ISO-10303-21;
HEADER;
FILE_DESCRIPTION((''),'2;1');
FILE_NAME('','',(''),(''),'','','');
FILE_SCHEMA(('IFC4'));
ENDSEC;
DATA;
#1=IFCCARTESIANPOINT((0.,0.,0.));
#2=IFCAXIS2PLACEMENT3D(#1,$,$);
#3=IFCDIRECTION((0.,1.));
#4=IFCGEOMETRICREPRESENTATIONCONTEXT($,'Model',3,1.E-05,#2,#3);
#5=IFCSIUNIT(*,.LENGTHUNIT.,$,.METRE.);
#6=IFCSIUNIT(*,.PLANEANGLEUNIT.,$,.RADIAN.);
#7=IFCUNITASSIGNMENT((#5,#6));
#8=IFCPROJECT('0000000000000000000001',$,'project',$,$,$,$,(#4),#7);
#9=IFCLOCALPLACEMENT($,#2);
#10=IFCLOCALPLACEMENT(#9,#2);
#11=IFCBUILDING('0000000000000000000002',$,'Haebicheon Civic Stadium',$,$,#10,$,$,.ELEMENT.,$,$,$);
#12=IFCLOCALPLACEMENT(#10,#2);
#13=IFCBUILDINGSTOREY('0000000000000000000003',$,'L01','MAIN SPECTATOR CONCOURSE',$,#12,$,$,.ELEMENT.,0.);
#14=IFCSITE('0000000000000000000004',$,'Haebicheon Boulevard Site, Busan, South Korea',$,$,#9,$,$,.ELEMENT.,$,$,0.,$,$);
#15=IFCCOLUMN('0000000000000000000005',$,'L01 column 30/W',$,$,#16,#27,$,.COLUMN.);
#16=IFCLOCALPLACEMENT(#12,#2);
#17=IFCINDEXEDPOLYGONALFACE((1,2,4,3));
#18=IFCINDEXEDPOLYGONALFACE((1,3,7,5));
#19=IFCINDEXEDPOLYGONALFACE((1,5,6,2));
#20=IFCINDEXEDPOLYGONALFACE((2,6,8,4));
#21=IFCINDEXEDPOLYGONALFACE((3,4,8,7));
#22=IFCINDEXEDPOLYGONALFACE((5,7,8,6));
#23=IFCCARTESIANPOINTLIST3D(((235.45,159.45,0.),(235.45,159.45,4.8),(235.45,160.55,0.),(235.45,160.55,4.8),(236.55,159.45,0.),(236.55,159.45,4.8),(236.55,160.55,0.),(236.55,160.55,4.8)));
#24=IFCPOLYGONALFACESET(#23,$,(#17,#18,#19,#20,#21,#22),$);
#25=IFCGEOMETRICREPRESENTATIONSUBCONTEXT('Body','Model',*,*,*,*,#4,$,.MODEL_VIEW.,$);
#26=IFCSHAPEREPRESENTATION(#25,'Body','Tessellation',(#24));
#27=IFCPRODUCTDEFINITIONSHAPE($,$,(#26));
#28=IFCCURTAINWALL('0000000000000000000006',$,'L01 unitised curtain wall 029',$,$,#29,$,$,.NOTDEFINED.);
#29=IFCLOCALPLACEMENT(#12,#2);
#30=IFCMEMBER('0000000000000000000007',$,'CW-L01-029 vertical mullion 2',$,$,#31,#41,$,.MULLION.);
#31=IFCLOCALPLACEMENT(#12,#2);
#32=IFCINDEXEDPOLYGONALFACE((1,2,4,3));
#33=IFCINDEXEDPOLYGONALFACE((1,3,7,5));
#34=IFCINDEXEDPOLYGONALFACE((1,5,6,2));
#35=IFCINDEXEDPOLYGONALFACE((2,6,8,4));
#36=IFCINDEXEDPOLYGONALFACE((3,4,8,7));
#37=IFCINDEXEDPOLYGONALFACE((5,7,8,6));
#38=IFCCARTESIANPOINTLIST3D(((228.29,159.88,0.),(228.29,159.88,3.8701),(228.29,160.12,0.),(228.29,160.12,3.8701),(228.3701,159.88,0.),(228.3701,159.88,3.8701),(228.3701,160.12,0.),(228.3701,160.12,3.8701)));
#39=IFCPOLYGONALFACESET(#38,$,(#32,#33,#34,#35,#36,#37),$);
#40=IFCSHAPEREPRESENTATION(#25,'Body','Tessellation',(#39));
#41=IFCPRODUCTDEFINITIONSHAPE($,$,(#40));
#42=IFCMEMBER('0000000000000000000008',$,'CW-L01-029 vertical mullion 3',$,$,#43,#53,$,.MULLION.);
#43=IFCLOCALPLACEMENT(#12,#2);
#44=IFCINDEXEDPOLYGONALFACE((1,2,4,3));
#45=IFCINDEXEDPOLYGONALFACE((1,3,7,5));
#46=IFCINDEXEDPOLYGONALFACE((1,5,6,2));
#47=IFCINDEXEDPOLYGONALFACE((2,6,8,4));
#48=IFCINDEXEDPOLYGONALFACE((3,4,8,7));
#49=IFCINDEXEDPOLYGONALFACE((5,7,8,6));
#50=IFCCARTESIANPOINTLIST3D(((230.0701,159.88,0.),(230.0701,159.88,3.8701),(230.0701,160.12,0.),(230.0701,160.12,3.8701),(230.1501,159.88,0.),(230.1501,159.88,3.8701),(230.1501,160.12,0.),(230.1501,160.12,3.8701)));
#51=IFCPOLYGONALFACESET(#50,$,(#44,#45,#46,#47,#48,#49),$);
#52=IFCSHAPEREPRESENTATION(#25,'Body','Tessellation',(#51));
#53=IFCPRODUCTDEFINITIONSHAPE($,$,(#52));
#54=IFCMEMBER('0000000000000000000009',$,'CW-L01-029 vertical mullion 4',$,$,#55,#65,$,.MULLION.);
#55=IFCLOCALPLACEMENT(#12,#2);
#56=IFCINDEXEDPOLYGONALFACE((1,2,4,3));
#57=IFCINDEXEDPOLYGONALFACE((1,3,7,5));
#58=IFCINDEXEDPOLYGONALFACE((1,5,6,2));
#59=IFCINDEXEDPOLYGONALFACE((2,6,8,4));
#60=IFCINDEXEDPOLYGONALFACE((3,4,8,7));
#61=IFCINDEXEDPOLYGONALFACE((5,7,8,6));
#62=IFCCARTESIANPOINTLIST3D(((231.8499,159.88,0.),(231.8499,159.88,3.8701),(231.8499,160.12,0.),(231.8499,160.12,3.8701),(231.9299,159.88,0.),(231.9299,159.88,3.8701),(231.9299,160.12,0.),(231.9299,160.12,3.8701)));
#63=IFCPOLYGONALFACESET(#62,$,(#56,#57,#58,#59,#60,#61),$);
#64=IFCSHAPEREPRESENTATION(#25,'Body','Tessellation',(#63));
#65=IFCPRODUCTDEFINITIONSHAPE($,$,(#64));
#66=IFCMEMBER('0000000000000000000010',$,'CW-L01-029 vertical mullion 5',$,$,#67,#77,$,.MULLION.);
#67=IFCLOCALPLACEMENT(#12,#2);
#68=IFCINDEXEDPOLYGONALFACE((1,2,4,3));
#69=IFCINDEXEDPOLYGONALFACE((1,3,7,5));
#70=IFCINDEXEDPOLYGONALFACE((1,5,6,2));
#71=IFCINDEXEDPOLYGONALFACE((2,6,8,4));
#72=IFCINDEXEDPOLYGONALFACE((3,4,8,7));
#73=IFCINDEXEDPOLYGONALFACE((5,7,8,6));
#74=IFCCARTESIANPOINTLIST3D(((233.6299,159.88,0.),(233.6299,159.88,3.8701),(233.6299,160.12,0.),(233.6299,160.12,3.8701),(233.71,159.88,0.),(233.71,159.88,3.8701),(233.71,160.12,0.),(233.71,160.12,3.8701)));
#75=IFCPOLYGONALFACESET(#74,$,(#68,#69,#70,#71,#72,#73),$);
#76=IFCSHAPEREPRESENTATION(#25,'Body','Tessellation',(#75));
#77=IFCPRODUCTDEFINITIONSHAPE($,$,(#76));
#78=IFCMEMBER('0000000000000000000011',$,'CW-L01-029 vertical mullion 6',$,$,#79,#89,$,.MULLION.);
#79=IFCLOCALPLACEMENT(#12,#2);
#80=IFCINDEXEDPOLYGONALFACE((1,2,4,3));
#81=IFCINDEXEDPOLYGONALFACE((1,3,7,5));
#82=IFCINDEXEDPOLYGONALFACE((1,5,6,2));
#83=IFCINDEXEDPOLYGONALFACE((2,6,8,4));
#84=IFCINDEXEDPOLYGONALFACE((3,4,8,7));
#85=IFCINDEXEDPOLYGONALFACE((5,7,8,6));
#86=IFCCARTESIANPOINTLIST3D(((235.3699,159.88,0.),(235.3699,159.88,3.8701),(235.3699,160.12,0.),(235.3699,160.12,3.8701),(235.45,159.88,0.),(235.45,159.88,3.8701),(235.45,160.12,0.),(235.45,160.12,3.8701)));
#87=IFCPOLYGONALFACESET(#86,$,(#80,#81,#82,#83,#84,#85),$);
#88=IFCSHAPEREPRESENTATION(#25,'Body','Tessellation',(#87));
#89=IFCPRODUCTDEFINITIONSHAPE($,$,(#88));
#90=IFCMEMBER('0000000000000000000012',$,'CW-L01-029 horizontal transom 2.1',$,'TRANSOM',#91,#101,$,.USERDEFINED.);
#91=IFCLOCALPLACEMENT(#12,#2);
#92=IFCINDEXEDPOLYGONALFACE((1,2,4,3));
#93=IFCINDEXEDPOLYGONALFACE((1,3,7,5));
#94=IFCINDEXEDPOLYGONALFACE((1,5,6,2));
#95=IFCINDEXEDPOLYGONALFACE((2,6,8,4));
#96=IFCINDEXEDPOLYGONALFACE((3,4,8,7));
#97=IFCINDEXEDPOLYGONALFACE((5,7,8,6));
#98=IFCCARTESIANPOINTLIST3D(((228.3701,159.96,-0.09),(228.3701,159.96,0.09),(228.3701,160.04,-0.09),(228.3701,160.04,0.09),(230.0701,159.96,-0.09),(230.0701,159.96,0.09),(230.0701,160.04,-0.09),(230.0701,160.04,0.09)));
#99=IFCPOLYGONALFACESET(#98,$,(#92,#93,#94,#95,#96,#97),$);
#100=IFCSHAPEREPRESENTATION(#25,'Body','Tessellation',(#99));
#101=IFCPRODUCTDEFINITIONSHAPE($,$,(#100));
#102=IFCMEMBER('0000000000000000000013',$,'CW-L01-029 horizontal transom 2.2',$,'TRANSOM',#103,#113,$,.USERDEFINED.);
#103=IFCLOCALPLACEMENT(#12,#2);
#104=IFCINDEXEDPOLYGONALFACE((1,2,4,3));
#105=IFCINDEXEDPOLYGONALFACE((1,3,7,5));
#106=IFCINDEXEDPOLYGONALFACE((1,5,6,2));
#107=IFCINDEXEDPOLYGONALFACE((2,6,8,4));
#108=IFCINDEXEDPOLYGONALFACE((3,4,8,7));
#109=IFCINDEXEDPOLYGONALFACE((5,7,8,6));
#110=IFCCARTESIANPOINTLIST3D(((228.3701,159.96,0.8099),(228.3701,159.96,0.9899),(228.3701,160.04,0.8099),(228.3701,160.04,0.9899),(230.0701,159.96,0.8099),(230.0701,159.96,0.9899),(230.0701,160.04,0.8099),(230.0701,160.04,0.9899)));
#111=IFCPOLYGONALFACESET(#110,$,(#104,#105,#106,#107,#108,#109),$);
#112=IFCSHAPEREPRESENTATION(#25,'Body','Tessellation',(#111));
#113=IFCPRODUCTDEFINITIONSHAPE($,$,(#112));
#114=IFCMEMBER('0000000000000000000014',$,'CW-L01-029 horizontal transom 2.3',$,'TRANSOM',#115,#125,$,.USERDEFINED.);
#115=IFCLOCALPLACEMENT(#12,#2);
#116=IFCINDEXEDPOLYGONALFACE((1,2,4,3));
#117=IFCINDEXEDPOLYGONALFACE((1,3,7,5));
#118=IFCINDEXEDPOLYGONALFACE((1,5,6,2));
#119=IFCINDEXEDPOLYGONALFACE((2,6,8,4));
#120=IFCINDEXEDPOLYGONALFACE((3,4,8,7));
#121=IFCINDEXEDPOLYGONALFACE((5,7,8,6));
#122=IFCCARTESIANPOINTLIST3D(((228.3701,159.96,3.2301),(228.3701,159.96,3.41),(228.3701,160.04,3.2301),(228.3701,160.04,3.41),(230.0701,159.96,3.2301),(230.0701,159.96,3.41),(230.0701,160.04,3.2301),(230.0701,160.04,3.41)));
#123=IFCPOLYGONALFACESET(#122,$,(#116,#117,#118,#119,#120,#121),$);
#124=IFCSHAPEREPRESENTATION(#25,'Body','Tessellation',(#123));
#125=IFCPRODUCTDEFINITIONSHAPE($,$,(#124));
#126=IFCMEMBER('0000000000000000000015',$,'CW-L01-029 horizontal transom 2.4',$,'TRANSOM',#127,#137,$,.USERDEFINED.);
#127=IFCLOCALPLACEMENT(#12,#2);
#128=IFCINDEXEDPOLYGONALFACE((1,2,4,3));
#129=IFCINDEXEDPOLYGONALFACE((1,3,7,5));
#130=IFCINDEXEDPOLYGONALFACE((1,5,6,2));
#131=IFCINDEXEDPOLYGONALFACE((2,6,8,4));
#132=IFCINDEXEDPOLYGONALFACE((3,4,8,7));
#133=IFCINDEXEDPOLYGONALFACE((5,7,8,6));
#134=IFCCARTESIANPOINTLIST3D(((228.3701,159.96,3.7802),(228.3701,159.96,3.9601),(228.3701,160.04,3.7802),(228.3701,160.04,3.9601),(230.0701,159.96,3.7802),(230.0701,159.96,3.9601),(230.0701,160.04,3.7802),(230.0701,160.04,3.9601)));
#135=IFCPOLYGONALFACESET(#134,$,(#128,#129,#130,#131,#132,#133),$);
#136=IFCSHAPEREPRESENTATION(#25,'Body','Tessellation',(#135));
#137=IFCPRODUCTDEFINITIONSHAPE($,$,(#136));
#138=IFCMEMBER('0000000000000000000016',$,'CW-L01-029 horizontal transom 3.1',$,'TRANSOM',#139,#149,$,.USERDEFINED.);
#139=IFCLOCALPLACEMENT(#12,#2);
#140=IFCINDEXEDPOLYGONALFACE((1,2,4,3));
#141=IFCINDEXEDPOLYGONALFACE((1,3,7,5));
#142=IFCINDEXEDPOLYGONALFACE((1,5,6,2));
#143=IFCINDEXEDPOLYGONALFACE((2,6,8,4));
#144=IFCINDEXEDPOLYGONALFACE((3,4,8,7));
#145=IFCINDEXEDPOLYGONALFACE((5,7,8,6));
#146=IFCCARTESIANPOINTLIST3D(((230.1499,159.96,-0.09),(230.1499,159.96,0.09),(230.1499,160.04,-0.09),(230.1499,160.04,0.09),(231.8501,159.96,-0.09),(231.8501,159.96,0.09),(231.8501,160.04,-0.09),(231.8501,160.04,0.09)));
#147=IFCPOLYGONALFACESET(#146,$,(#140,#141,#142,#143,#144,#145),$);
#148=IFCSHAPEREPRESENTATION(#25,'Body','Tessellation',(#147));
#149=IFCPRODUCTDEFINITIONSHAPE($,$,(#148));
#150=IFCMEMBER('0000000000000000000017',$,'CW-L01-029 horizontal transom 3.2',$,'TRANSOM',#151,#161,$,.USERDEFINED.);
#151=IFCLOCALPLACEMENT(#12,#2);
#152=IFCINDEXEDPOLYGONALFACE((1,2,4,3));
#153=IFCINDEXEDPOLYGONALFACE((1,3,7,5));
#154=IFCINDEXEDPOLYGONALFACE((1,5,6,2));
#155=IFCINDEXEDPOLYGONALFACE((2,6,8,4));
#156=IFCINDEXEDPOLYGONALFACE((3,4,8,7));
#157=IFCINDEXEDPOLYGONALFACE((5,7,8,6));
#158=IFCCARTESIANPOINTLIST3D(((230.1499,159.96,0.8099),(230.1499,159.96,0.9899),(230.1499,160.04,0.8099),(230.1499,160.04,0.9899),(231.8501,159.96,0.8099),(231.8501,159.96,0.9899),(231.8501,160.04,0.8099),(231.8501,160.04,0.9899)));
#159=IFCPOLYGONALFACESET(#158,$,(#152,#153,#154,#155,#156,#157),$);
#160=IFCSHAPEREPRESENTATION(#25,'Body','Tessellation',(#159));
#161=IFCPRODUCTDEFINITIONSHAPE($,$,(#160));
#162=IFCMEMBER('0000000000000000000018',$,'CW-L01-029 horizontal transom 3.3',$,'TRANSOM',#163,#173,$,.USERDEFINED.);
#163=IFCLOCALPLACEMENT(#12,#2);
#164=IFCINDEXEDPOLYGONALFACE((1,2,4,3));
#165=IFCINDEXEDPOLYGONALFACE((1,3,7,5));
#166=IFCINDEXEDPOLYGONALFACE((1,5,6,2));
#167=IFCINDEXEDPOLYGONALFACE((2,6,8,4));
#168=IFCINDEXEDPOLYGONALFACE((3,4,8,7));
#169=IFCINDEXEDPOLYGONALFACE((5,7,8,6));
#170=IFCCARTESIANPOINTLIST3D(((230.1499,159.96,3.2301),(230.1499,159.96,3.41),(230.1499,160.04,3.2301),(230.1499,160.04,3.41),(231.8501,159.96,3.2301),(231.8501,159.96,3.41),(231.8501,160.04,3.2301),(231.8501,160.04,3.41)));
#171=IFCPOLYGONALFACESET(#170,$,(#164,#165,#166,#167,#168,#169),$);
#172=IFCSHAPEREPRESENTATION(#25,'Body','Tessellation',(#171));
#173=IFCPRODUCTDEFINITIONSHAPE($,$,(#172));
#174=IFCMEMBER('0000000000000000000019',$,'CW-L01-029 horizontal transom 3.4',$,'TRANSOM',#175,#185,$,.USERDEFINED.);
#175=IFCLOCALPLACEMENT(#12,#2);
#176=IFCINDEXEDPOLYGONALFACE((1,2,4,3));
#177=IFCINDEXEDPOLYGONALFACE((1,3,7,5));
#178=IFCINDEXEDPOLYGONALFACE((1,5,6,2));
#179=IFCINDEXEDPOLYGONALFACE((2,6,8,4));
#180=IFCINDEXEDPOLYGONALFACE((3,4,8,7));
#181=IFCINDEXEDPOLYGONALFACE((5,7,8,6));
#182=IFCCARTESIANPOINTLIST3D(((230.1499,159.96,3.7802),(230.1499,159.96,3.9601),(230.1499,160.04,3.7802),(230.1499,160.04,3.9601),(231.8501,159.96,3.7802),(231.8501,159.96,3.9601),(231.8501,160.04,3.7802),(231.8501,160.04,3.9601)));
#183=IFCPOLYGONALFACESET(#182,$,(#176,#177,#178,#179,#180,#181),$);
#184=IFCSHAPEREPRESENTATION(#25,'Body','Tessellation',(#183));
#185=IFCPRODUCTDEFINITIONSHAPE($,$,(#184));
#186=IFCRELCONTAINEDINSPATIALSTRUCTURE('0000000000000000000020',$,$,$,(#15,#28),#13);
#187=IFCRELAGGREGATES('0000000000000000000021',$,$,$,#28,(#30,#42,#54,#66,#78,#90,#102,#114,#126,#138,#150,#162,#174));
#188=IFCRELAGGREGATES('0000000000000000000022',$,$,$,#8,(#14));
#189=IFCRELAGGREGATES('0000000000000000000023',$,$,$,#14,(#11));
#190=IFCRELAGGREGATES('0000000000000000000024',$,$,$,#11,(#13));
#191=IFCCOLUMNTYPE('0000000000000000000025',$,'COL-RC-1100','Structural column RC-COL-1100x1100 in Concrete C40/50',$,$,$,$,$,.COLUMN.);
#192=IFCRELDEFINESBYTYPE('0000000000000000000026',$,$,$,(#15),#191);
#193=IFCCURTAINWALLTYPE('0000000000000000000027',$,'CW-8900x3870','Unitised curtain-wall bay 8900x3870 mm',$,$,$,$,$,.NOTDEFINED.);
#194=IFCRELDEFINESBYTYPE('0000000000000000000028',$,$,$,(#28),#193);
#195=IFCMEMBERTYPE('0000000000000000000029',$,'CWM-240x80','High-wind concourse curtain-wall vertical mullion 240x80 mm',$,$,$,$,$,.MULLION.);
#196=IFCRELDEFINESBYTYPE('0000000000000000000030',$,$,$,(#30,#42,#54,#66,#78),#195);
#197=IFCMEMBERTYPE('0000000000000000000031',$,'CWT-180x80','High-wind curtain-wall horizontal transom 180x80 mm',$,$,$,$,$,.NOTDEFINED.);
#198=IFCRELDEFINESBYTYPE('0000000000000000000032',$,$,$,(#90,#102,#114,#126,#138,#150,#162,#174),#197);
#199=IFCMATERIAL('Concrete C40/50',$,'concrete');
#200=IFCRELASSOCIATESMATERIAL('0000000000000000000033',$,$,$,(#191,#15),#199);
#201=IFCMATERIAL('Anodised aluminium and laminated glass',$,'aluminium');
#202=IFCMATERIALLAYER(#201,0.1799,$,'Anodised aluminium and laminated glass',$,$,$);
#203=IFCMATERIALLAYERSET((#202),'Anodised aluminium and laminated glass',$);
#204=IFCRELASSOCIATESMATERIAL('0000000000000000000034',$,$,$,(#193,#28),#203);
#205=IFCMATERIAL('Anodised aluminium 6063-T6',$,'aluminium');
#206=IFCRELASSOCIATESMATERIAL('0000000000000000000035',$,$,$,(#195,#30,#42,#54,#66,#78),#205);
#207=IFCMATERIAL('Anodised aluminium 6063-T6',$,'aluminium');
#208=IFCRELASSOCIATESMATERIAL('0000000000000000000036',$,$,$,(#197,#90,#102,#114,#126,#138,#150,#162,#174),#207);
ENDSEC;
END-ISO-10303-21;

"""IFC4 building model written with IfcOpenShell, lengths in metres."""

from ifc_helpers import new_model, si_unit, direction, frame, origin, origin_2d, place, context, subcontext, project, spatial, rectangle, extrude, material, layer, layer_set, material_profile, profile_set, type_object, element, aggregate, save


model = new_model("IFC4")

# Units and contexts
model_context = context("Model", 3, precision=1e-05, world=origin(), true_north=direction((0.0, 1.0)))
body_context = subcontext(model_context, "Body", "Model", "MODEL_VIEW")
ifc_project = project(units=[si_unit("LENGTHUNIT", "METRE"), si_unit("PLANEANGLEUNIT", "RADIAN")], contexts=[model_context])

# Site, building, storey
site_placement = place(None, origin())
site = spatial("IfcSite", under=ifc_project, at=site_placement, Name="Haebicheon Boulevard Site, Busan, South Korea", CompositionType="ELEMENT", RefElevation=0.0)
building_placement = place(site_placement, origin())
building = spatial("IfcBuilding", under=site, at=building_placement, Name="Haebicheon Civic Stadium", CompositionType="ELEMENT")
storey_placement = place(building_placement, origin())
storey = spatial("IfcBuildingStorey", under=building, at=storey_placement, Name="L01", Description="MAIN SPECTATOR CONCOURSE", CompositionType="ELEMENT", Elevation=0.0)

# Column
ifc_material_1 = material(Name="Concrete C40/50", Category="concrete")
ifc_material_profile_1 = material_profile(ifc_material_1, rectangle(XDim=1.1001, YDim=1.1001, at=origin_2d()), Name="RC-COL-1100x1100")
ifc_profile_set_1 = profile_set([ifc_material_profile_1], Name="Concrete C40/50")
column_type = type_object("IfcColumnType", Name="COL-RC-1100", Description="Structural column RC-COL-1100x1100 in Concrete C40/50", PredefinedType="COLUMN", material=ifc_profile_set_1)
column_placement = place(storey_placement, frame((236.0, 160.0, 0.0), z_axis=(0.0, 0.0, 1.0), x_axis=(1.0, 0.0, 0.0)))
element("IfcColumn", 1, at=column_placement, inside=storey, type_object=column_type, material=ifc_profile_set_1, Name="L01 column 30/W", PredefinedType="COLUMN", context=body_context, shape_type="SweptSolid", body=[
    extrude(rectangle(XDim=1.1001, YDim=1.1001, at=origin_2d()), origin(), (0.0, 0.0, 1.0), 4.8),
])

# Curtain wall, members
ifc_material_2 = material(Name="Anodised aluminium and laminated glass", Category="aluminium")
ifc_layer_1 = layer(ifc_material_2, 0.1799, Name="Anodised aluminium and laminated glass")
ifc_layer_set_1 = layer_set([ifc_layer_1], Name="Anodised aluminium and laminated glass")
curtain_wall_type = type_object("IfcCurtainWallType", Name="CW-8900x3870", Description="Unitised curtain-wall bay 8900x3870 mm", PredefinedType="NOTDEFINED", material=ifc_layer_set_1)
curtain_wall_placement = place(storey_placement, origin())
curtain_wall = element("IfcCurtainWall", 2, at=curtain_wall_placement, inside=storey, type_object=curtain_wall_type, material=ifc_layer_set_1, Name="L01 unitised curtain wall 029", PredefinedType="NOTDEFINED")
ifc_material_3 = material(Name="Anodised aluminium 6063-T6", Category="aluminium")
ifc_material_profile_2 = material_profile(ifc_material_3, rectangle(XDim=0.0801, YDim=0.24, at=origin_2d()), Name="ALU-MULL-80x240")
ifc_profile_set_2 = profile_set([ifc_material_profile_2], Name="Anodised aluminium 6063-T6")
member_type_1 = type_object("IfcMemberType", Name="CWM-240x80", Description="High-wind concourse curtain-wall vertical mullion 240x80 mm", PredefinedType="MULLION", material=ifc_profile_set_2)
member_1_placement = place(storey_placement, frame((228.3301, 160.0, 0.0), z_axis=(0.0, 0.0, 1.0), x_axis=(1.0, 0.0, 0.0)))
member_1 = element("IfcMember", 3, at=member_1_placement, type_object=member_type_1, material=ifc_profile_set_2, Name="CW-L01-029 vertical mullion 2", PredefinedType="MULLION", context=body_context, shape_type="SweptSolid", body=[
    extrude(rectangle(XDim=0.0801, YDim=0.24, at=origin_2d()), origin(), (0.0, 0.0, 1.0), 3.8701),
])
member_2_placement = place(storey_placement, frame((230.1101, 160.0, 0.0), z_axis=(0.0, 0.0, 1.0), x_axis=(1.0, 0.0, 0.0)))
member_2 = element("IfcMember", 4, at=member_2_placement, type_object=member_type_1, material=ifc_profile_set_2, Name="CW-L01-029 vertical mullion 3", PredefinedType="MULLION", context=body_context, shape_type="SweptSolid", body=[
    extrude(rectangle(XDim=0.0801, YDim=0.24, at=origin_2d()), origin(), (0.0, 0.0, 1.0), 3.8701),
])
member_3_placement = place(storey_placement, frame((231.8899, 160.0, 0.0), z_axis=(0.0, 0.0, 1.0), x_axis=(1.0, 0.0, 0.0)))
member_3 = element("IfcMember", 5, at=member_3_placement, type_object=member_type_1, material=ifc_profile_set_2, Name="CW-L01-029 vertical mullion 4", PredefinedType="MULLION", context=body_context, shape_type="SweptSolid", body=[
    extrude(rectangle(XDim=0.0801, YDim=0.24, at=origin_2d()), origin(), (0.0, 0.0, 1.0), 3.8701),
])
member_4_placement = place(storey_placement, frame((233.6699, 160.0, 0.0), z_axis=(0.0, 0.0, 1.0), x_axis=(1.0, 0.0, 0.0)))
member_4 = element("IfcMember", 6, at=member_4_placement, type_object=member_type_1, material=ifc_profile_set_2, Name="CW-L01-029 vertical mullion 5", PredefinedType="MULLION", context=body_context, shape_type="SweptSolid", body=[
    extrude(rectangle(XDim=0.0801, YDim=0.24, at=origin_2d()), origin(), (0.0, 0.0, 1.0), 3.8701),
])
member_5_placement = place(storey_placement, frame((235.4099, 160.0, 0.0), z_axis=(0.0, 0.0, 1.0), x_axis=(1.0, 0.0, 0.0)))
member_5 = element("IfcMember", 7, at=member_5_placement, type_object=member_type_1, material=ifc_profile_set_2, Name="CW-L01-029 vertical mullion 6", PredefinedType="MULLION", context=body_context, shape_type="SweptSolid", body=[
    extrude(rectangle(XDim=0.0801, YDim=0.24, at=origin_2d()), origin(), (0.0, 0.0, 1.0), 3.8701),
])
ifc_material_4 = material(Name="Anodised aluminium 6063-T6", Category="aluminium")
ifc_material_profile_3 = material_profile(ifc_material_4, rectangle(XDim=0.0801, YDim=0.1799, at=origin_2d()), Name="ALU-TRAN-80x180")
ifc_profile_set_3 = profile_set([ifc_material_profile_3], Name="Anodised aluminium 6063-T6")
member_type_2 = type_object("IfcMemberType", Name="CWT-180x80", Description="High-wind curtain-wall horizontal transom 180x80 mm", PredefinedType="NOTDEFINED", material=ifc_profile_set_3)
member_6_placement = place(storey_placement, frame((228.3701, 160.0, 0.0), z_axis=(1.0, 0.0, 0.0), x_axis=(0.0, 1.0, 0.0)))
member_6 = element("IfcMember", 8, at=member_6_placement, type_object=member_type_2, material=ifc_profile_set_3, Name="CW-L01-029 horizontal transom 2.1", ObjectType="TRANSOM", PredefinedType="USERDEFINED", context=body_context, shape_type="SweptSolid", body=[
    extrude(rectangle(XDim=0.0801, YDim=0.1799, at=origin_2d()), origin(), (0.0, 0.0, 1.0), 1.7),
])
member_7_placement = place(storey_placement, frame((228.3701, 160.0, 0.8999), z_axis=(1.0, 0.0, 0.0), x_axis=(0.0, 1.0, 0.0)))
member_7 = element("IfcMember", 9, at=member_7_placement, type_object=member_type_2, material=ifc_profile_set_3, Name="CW-L01-029 horizontal transom 2.2", ObjectType="TRANSOM", PredefinedType="USERDEFINED", context=body_context, shape_type="SweptSolid", body=[
    extrude(rectangle(XDim=0.0801, YDim=0.1799, at=origin_2d()), origin(), (0.0, 0.0, 1.0), 1.7),
])
member_8_placement = place(storey_placement, frame((228.3701, 160.0, 3.3201), z_axis=(1.0, 0.0, 0.0), x_axis=(0.0, 1.0, 0.0)))
member_8 = element("IfcMember", 10, at=member_8_placement, type_object=member_type_2, material=ifc_profile_set_3, Name="CW-L01-029 horizontal transom 2.3", ObjectType="TRANSOM", PredefinedType="USERDEFINED", context=body_context, shape_type="SweptSolid", body=[
    extrude(rectangle(XDim=0.0801, YDim=0.1799, at=origin_2d()), origin(), (0.0, 0.0, 1.0), 1.7),
])
member_9_placement = place(storey_placement, frame((228.3701, 160.0, 3.8701), z_axis=(1.0, 0.0, 0.0), x_axis=(0.0, 1.0, 0.0)))
member_9 = element("IfcMember", 11, at=member_9_placement, type_object=member_type_2, material=ifc_profile_set_3, Name="CW-L01-029 horizontal transom 2.4", ObjectType="TRANSOM", PredefinedType="USERDEFINED", context=body_context, shape_type="SweptSolid", body=[
    extrude(rectangle(XDim=0.0801, YDim=0.1799, at=origin_2d()), origin(), (0.0, 0.0, 1.0), 1.7),
])
member_10_placement = place(storey_placement, frame((230.1499, 160.0, 0.0), z_axis=(1.0, 0.0, 0.0), x_axis=(0.0, 1.0, 0.0)))
member_10 = element("IfcMember", 12, at=member_10_placement, type_object=member_type_2, material=ifc_profile_set_3, Name="CW-L01-029 horizontal transom 3.1", ObjectType="TRANSOM", PredefinedType="USERDEFINED", context=body_context, shape_type="SweptSolid", body=[
    extrude(rectangle(XDim=0.0801, YDim=0.1799, at=origin_2d()), origin(), (0.0, 0.0, 1.0), 1.7002),
])
member_11_placement = place(storey_placement, frame((230.1499, 160.0, 0.8999), z_axis=(1.0, 0.0, 0.0), x_axis=(0.0, 1.0, 0.0)))
member_11 = element("IfcMember", 13, at=member_11_placement, type_object=member_type_2, material=ifc_profile_set_3, Name="CW-L01-029 horizontal transom 3.2", ObjectType="TRANSOM", PredefinedType="USERDEFINED", context=body_context, shape_type="SweptSolid", body=[
    extrude(rectangle(XDim=0.0801, YDim=0.1799, at=origin_2d()), origin(), (0.0, 0.0, 1.0), 1.7002),
])
member_12_placement = place(storey_placement, frame((230.1499, 160.0, 3.3201), z_axis=(1.0, 0.0, 0.0), x_axis=(0.0, 1.0, 0.0)))
member_12 = element("IfcMember", 14, at=member_12_placement, type_object=member_type_2, material=ifc_profile_set_3, Name="CW-L01-029 horizontal transom 3.3", ObjectType="TRANSOM", PredefinedType="USERDEFINED", context=body_context, shape_type="SweptSolid", body=[
    extrude(rectangle(XDim=0.0801, YDim=0.1799, at=origin_2d()), origin(), (0.0, 0.0, 1.0), 1.7002),
])
member_13_placement = place(storey_placement, frame((230.1499, 160.0, 3.8701), z_axis=(1.0, 0.0, 0.0), x_axis=(0.0, 1.0, 0.0)))
member_13 = element("IfcMember", 15, at=member_13_placement, type_object=member_type_2, material=ifc_profile_set_3, Name="CW-L01-029 horizontal transom 3.4", ObjectType="TRANSOM", PredefinedType="USERDEFINED", context=body_context, shape_type="SweptSolid", body=[
    extrude(rectangle(XDim=0.0801, YDim=0.1799, at=origin_2d()), origin(), (0.0, 0.0, 1.0), 1.7002),
])
aggregate(curtain_wall, [member_1, member_2, member_3, member_4, member_5, member_6, member_7, member_8, member_9, member_10, member_11, member_12, member_13])

save(model, "model.ifc")
